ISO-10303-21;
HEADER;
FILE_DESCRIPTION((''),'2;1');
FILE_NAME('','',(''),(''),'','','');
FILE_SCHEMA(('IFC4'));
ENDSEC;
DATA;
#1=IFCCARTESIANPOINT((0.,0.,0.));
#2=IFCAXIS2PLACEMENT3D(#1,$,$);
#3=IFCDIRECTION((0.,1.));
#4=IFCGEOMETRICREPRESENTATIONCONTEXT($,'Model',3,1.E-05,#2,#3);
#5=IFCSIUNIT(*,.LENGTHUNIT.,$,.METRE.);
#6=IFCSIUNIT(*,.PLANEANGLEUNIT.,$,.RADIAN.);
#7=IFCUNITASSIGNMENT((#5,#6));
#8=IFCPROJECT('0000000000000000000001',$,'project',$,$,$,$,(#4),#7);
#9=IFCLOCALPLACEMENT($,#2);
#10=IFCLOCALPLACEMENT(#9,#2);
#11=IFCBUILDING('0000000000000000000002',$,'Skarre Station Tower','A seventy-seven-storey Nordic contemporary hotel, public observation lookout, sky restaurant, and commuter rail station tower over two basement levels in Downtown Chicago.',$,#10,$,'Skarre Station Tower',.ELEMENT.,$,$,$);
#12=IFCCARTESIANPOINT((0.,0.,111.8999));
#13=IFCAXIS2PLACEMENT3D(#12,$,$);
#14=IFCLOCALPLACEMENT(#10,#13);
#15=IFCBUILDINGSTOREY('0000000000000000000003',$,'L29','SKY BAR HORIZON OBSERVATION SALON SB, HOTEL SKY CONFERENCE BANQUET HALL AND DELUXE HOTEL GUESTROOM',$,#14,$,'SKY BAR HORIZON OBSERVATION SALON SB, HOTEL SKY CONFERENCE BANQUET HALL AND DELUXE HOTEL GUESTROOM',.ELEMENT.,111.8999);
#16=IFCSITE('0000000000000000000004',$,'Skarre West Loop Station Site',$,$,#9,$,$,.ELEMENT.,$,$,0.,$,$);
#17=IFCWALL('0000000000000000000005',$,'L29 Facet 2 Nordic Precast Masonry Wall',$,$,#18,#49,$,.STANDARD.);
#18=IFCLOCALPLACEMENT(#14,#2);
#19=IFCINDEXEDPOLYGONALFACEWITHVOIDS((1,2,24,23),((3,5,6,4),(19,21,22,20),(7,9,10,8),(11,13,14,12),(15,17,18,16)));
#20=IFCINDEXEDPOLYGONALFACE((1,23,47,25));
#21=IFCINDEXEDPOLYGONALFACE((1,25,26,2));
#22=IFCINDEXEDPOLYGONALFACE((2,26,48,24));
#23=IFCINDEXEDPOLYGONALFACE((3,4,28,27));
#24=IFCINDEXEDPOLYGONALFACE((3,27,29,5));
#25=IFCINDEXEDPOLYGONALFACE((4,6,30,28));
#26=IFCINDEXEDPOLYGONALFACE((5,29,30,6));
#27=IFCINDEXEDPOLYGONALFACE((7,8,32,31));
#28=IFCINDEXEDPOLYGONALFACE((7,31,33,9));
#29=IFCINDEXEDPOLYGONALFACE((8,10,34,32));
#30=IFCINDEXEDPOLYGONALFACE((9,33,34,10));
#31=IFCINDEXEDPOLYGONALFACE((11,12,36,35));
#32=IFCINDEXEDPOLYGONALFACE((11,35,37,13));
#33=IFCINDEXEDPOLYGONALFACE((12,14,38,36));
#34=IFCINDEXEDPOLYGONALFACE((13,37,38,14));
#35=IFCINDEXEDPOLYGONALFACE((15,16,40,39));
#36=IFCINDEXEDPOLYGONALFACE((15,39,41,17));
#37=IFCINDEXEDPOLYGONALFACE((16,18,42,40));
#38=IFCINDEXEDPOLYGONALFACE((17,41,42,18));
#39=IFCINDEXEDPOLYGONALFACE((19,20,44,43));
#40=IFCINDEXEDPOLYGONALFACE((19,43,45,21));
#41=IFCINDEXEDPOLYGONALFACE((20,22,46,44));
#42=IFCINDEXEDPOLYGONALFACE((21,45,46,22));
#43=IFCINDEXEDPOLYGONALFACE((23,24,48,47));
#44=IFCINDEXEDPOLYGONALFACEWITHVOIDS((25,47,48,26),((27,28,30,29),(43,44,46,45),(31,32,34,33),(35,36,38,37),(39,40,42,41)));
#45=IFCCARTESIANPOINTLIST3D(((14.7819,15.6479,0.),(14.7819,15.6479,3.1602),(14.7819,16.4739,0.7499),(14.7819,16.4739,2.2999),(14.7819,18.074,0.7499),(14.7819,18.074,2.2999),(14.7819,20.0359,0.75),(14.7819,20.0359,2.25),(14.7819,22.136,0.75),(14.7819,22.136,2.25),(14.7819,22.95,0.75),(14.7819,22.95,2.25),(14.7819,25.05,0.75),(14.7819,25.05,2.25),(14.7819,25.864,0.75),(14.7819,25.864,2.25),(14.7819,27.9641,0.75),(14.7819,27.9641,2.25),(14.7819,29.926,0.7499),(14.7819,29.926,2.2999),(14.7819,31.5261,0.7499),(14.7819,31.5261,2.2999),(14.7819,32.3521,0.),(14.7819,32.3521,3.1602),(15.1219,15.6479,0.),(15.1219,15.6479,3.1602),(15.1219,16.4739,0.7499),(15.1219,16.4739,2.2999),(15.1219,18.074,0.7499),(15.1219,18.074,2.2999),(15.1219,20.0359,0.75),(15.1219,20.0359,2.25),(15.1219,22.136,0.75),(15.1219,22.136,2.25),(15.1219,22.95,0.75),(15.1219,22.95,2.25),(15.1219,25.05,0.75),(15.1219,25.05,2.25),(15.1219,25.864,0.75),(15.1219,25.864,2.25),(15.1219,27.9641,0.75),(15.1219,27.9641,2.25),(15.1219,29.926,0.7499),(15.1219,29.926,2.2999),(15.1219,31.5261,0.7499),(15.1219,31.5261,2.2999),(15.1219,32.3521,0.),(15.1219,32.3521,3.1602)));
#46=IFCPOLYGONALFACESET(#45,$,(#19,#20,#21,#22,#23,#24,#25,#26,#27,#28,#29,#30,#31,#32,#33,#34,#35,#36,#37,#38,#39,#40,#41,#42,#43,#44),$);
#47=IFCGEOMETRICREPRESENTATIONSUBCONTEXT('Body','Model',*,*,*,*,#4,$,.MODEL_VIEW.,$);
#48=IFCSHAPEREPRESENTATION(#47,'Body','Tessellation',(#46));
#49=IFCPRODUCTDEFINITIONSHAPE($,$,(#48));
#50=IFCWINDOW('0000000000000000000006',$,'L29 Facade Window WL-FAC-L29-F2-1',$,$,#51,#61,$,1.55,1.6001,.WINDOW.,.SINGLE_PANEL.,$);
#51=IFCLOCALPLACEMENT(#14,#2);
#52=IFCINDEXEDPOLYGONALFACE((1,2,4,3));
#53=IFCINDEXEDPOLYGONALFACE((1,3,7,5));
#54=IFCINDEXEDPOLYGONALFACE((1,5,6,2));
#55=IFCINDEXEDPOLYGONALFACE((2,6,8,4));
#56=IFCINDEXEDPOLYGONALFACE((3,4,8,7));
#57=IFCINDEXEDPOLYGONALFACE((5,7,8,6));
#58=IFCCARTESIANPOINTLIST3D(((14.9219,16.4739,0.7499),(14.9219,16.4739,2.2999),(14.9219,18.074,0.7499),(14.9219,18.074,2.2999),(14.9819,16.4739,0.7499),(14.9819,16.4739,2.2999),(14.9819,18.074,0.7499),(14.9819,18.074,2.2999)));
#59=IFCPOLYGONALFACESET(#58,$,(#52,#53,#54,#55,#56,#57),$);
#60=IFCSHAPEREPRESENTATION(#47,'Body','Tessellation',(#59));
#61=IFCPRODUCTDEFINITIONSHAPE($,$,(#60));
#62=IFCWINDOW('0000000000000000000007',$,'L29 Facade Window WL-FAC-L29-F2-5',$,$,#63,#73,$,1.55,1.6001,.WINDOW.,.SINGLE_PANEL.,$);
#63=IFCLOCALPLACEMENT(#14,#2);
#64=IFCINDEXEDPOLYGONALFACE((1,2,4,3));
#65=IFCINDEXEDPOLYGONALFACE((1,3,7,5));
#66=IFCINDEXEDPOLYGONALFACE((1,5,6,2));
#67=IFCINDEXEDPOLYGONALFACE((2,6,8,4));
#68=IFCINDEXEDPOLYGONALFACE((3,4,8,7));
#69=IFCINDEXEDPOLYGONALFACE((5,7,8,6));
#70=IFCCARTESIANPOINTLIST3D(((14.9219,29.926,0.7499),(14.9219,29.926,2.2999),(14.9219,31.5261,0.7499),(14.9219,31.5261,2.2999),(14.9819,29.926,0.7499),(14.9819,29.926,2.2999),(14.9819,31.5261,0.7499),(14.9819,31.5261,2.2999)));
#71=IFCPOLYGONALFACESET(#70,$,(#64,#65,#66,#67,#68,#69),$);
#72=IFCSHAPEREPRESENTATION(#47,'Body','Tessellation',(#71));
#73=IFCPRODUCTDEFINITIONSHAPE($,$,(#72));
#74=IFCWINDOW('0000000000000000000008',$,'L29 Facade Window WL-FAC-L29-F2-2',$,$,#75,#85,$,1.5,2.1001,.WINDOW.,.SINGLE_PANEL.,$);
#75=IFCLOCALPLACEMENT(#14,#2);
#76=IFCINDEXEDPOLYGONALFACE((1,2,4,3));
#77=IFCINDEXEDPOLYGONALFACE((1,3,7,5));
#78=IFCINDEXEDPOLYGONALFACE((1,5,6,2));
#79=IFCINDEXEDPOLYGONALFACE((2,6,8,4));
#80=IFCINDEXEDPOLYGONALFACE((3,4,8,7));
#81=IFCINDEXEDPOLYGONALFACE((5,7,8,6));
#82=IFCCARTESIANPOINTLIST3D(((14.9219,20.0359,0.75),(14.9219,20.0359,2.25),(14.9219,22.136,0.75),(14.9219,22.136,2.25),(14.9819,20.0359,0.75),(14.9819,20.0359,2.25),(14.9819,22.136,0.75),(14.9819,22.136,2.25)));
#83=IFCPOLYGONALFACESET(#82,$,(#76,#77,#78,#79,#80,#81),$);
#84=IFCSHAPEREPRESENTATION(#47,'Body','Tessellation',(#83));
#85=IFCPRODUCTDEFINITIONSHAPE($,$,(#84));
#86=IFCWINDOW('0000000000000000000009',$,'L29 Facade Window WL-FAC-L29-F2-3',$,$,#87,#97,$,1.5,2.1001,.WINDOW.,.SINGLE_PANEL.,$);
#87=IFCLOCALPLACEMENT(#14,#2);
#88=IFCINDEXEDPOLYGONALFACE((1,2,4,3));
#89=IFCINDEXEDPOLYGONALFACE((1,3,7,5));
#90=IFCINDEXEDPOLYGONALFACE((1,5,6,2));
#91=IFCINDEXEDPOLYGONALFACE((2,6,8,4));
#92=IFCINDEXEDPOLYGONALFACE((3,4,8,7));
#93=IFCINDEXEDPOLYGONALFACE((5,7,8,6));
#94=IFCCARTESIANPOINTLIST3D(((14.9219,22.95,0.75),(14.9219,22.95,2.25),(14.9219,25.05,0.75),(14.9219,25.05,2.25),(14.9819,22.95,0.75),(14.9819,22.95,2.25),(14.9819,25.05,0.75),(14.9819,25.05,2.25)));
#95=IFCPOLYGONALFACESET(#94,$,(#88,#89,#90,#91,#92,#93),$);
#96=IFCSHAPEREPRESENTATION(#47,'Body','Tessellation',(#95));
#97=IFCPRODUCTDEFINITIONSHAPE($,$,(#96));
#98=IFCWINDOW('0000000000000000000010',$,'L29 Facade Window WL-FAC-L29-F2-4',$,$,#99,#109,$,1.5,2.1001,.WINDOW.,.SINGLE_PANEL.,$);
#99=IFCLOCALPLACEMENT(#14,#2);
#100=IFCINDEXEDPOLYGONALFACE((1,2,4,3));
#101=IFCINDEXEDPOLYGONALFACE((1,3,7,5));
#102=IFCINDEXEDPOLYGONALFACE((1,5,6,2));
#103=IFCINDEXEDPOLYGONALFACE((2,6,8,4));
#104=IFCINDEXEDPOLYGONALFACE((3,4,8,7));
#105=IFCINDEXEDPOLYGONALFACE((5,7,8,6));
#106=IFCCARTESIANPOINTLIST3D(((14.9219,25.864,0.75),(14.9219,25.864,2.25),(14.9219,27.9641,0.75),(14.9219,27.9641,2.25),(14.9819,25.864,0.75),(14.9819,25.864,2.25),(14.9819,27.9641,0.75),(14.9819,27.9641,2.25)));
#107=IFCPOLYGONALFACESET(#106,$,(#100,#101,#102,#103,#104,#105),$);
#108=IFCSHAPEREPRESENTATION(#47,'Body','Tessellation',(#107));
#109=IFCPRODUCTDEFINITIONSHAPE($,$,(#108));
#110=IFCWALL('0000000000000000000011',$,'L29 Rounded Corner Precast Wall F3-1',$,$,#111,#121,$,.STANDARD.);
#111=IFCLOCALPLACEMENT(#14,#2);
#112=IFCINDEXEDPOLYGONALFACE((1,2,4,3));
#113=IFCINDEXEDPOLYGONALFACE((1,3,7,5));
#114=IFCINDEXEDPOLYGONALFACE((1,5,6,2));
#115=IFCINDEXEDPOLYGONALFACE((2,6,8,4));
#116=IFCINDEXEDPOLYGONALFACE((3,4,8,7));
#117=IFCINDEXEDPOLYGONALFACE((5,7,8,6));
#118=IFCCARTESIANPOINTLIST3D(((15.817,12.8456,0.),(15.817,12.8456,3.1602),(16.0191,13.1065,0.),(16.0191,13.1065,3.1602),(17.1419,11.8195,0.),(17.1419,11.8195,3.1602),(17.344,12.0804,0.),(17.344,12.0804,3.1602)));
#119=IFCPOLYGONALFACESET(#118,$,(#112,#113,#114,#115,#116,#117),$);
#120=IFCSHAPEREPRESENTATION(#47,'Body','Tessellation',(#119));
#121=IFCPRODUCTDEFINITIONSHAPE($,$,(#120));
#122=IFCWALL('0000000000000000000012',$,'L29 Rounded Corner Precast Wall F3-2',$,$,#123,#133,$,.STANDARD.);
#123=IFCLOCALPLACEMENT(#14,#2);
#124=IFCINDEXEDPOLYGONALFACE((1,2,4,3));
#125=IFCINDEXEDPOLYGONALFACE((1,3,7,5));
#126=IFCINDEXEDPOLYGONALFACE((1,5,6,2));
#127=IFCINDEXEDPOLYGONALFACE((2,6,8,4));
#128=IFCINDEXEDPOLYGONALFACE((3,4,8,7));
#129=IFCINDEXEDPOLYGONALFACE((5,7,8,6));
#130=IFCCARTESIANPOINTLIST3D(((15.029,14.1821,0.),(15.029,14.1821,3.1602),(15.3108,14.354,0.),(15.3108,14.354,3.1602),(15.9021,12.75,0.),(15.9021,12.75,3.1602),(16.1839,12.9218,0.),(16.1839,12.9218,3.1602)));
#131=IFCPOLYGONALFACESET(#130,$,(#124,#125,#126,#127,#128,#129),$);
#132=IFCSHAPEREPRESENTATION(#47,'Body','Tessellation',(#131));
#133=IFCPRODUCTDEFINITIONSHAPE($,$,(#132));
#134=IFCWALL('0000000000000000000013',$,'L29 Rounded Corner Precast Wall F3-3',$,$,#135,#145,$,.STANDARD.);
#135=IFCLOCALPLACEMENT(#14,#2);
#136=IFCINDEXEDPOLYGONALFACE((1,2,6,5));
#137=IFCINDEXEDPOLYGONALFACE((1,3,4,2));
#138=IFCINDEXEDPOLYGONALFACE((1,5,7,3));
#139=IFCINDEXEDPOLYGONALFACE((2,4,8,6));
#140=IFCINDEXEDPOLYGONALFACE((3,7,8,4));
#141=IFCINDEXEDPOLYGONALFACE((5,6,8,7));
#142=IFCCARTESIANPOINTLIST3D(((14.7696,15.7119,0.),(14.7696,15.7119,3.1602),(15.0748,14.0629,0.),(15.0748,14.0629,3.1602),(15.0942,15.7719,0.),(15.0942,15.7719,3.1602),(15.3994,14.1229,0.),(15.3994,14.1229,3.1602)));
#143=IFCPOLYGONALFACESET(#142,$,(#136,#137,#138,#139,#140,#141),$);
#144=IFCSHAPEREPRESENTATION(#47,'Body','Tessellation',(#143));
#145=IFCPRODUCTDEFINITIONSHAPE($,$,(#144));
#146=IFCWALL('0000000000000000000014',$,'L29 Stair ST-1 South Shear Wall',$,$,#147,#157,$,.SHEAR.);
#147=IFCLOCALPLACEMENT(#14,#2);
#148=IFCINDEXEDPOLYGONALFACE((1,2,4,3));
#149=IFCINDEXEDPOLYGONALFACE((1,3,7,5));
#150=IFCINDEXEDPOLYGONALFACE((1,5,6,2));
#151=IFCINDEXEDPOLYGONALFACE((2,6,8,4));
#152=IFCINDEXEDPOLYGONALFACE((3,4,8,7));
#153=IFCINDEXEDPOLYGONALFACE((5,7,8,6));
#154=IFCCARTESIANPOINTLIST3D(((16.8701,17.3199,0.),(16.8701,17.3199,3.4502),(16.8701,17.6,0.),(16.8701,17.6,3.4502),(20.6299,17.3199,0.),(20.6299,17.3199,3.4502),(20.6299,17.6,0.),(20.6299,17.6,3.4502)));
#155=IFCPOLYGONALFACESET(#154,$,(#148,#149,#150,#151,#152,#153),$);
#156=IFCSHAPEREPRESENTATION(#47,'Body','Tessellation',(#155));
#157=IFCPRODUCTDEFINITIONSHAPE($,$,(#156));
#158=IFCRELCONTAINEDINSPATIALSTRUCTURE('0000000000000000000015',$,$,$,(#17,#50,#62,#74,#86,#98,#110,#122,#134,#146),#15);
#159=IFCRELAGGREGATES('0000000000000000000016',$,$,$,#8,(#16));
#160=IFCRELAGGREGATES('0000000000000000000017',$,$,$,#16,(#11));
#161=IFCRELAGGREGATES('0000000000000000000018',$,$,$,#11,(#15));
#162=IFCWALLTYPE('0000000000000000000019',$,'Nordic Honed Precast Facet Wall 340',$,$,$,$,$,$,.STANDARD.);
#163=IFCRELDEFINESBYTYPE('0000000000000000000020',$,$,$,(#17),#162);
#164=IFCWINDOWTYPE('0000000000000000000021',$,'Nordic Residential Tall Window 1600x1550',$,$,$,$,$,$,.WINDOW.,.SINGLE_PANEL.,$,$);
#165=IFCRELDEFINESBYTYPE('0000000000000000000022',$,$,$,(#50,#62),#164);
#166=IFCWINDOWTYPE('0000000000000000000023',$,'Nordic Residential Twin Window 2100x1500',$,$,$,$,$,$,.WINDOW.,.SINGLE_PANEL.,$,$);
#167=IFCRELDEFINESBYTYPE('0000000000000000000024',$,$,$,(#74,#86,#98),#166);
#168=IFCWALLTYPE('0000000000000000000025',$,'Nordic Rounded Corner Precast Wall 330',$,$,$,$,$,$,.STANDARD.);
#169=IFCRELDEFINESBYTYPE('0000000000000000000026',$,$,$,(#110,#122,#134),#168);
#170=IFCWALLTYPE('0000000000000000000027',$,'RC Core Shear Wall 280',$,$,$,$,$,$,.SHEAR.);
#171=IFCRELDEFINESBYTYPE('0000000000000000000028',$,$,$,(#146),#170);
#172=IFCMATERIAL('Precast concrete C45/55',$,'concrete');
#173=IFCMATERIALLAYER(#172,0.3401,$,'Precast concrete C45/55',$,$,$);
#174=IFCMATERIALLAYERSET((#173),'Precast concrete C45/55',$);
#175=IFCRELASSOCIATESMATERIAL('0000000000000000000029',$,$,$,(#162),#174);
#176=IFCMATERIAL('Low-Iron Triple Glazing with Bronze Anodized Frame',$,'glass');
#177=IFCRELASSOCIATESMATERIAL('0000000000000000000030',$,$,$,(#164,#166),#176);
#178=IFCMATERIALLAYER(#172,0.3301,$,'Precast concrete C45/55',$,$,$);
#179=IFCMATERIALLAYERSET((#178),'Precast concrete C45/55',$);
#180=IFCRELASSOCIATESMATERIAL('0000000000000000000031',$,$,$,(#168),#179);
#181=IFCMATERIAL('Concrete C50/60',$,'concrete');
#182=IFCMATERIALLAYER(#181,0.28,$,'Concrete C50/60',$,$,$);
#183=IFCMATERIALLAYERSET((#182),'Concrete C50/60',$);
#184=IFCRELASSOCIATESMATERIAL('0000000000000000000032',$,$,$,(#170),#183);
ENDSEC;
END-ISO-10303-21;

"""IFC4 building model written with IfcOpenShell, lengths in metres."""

from ifc_helpers import new_model, si_unit, direction, frame, frame_2d, origin, place, context, subcontext, project, spatial, rectangle, extrude, material, layer, layer_set, type_object, element, fill, save


model = new_model("IFC4")

# Units and contexts
model_context = context("Model", 3, precision=1e-05, world=origin(), true_north=direction((0.0, 1.0)))
body_context = subcontext(model_context, "Body", "Model", "MODEL_VIEW")
ifc_project = project(units=[si_unit("LENGTHUNIT", "METRE"), si_unit("PLANEANGLEUNIT", "RADIAN")], contexts=[model_context])

# Site, building, storey
site_placement = place(None, origin())
site = spatial("IfcSite", under=ifc_project, at=site_placement, Name="Skarre West Loop Station Site", CompositionType="ELEMENT", RefElevation=0.0)
building_placement = place(site_placement, origin())
building = spatial("IfcBuilding", under=site, at=building_placement, Name="Skarre Station Tower", Description="A seventy-seven-storey Nordic contemporary hotel, public observation lookout, sky restaurant, and commuter rail station tower over two basement levels in Downtown Chicago.", LongName="Skarre Station Tower", CompositionType="ELEMENT")
storey_placement = place(building_placement, frame((0.0, 0.0, 111.8999)))
storey = spatial("IfcBuildingStorey", under=building, at=storey_placement, Name="L29", Description="SKY BAR HORIZON OBSERVATION SALON SB, HOTEL SKY CONFERENCE BANQUET HALL AND DELUXE HOTEL GUESTROOM", LongName="SKY BAR HORIZON OBSERVATION SALON SB, HOTEL SKY CONFERENCE BANQUET HALL AND DELUXE HOTEL GUESTROOM", CompositionType="ELEMENT", Elevation=111.8999)

# Shared definitions
ifc_material_1 = material(Name="Concrete C50/60", Category="concrete")

# Wall, openings, windows
ifc_material_2 = material(Name="Precast concrete C45/55", Category="concrete")
ifc_layer_1 = layer(ifc_material_2, 0.3401, Name="Precast concrete C45/55")
ifc_layer_set_1 = layer_set([ifc_layer_1], Name="Precast concrete C45/55")
wall_type_1 = type_object("IfcWallType", Name="Nordic Honed Precast Facet Wall 340", PredefinedType="STANDARD", material=ifc_layer_set_1)
wall_1_placement = place(storey_placement, frame((14.9519, 15.6479, 0.0), z_axis=(0.0, 0.0, 1.0), x_axis=(0.0, 1.0, 0.0)))
wall_1 = element("IfcWall", 1, at=wall_1_placement, inside=storey, type_object=wall_type_1, Name="L29 Facet 2 Nordic Precast Masonry Wall", PredefinedType="STANDARD", context=body_context, shape_type="SweptSolid", body=[
    extrude(rectangle(XDim=16.7041, YDim=0.3401, at=frame_2d((8.3521, 0.0))), origin(), (0.0, 0.0, 1.0), 3.1602),
])
opening_1_placement = place(wall_1_placement, frame((0.8259, 0.0, 0.75)))
opening_1 = element("IfcOpeningElement", 2, at=opening_1_placement, cuts=wall_1, PredefinedType="OPENING", context=body_context, shape_type="SweptSolid", body=[
    extrude(rectangle(XDim=1.6001, YDim=1.55, at=frame_2d((0.8, 0.7749))), frame((0.0, 0.1799, 0.0), z_axis=(0.0, -1.0, 0.0), x_axis=(1.0, 0.0, 0.0)), (0.0, 0.0, 1.0), 0.3601),
])
opening_2_placement = place(wall_1_placement, frame((4.3879, 0.0, 0.75)))
opening_2 = element("IfcOpeningElement", 3, at=opening_2_placement, cuts=wall_1, PredefinedType="OPENING", context=body_context, shape_type="SweptSolid", body=[
    extrude(rectangle(XDim=2.1001, YDim=1.5, at=frame_2d((1.05, 0.75))), frame((0.0, 0.1799, 0.0), z_axis=(0.0, -1.0, 0.0), x_axis=(1.0, 0.0, 0.0)), (0.0, 0.0, 1.0), 0.3601),
])
opening_3_placement = place(wall_1_placement, frame((7.302, 0.0, 0.75)))
opening_3 = element("IfcOpeningElement", 4, at=opening_3_placement, cuts=wall_1, PredefinedType="OPENING", context=body_context, shape_type="SweptSolid", body=[
    extrude(rectangle(XDim=2.1001, YDim=1.5, at=frame_2d((1.05, 0.75))), frame((0.0, 0.1799, 0.0), z_axis=(0.0, -1.0, 0.0), x_axis=(1.0, 0.0, 0.0)), (0.0, 0.0, 1.0), 0.3601),
])
opening_4_placement = place(wall_1_placement, frame((10.2161, 0.0, 0.75)))
opening_4 = element("IfcOpeningElement", 5, at=opening_4_placement, cuts=wall_1, PredefinedType="OPENING", context=body_context, shape_type="SweptSolid", body=[
    extrude(rectangle(XDim=2.1001, YDim=1.5, at=frame_2d((1.05, 0.75))), frame((0.0, 0.1799, 0.0), z_axis=(0.0, -1.0, 0.0), x_axis=(1.0, 0.0, 0.0)), (0.0, 0.0, 1.0), 0.3601),
])
opening_5_placement = place(wall_1_placement, frame((14.2781, 0.0, 0.75)))
opening_5 = element("IfcOpeningElement", 6, at=opening_5_placement, cuts=wall_1, PredefinedType="OPENING", context=body_context, shape_type="SweptSolid", body=[
    extrude(rectangle(XDim=1.6001, YDim=1.55, at=frame_2d((0.8, 0.7749))), frame((0.0, 0.1799, 0.0), z_axis=(0.0, -1.0, 0.0), x_axis=(1.0, 0.0, 0.0)), (0.0, 0.0, 1.0), 0.3601),
])
ifc_material_3 = material(Name="Low-Iron Triple Glazing with Bronze Anodized Frame", Category="glass")
window_type_1 = type_object("IfcWindowType", Name="Nordic Residential Tall Window 1600x1550", PartitioningType="SINGLE_PANEL", PredefinedType="WINDOW", material=ifc_material_3)
window_1_placement = place(opening_1_placement, origin())
window_1 = element("IfcWindow", 7, at=window_1_placement, inside=storey, type_object=window_type_1, Name="L29 Facade Window WL-FAC-L29-F2-1", OverallHeight=1.55, OverallWidth=1.6001, PartitioningType="SINGLE_PANEL", PredefinedType="WINDOW", context=body_context, shape_type="SweptSolid", body=[
    extrude(rectangle(XDim=1.6001, YDim=1.55, at=frame_2d((0.8, 0.7749))), frame((0.0, 0.03, 0.0), z_axis=(0.0, -1.0, 0.0), x_axis=(1.0, 0.0, 0.0)), (0.0, 0.0, 1.0), 0.0601),
])
fill(opening_1, window_1)
window_2_placement = place(opening_5_placement, origin())
window_2 = element("IfcWindow", 8, at=window_2_placement, inside=storey, type_object=window_type_1, Name="L29 Facade Window WL-FAC-L29-F2-5", OverallHeight=1.55, OverallWidth=1.6001, PartitioningType="SINGLE_PANEL", PredefinedType="WINDOW", context=body_context, shape_type="SweptSolid", body=[
    extrude(rectangle(XDim=1.6001, YDim=1.55, at=frame_2d((0.8, 0.7749))), frame((0.0, 0.03, 0.0), z_axis=(0.0, -1.0, 0.0), x_axis=(1.0, 0.0, 0.0)), (0.0, 0.0, 1.0), 0.0601),
])
fill(opening_5, window_2)
window_type_2 = type_object("IfcWindowType", Name="Nordic Residential Twin Window 2100x1500", PartitioningType="SINGLE_PANEL", PredefinedType="WINDOW", material=ifc_material_3)
window_3_placement = place(opening_2_placement, origin())
window_3 = element("IfcWindow", 9, at=window_3_placement, inside=storey, type_object=window_type_2, Name="L29 Facade Window WL-FAC-L29-F2-2", OverallHeight=1.5, OverallWidth=2.1001, PartitioningType="SINGLE_PANEL", PredefinedType="WINDOW", context=body_context, shape_type="SweptSolid", body=[
    extrude(rectangle(XDim=2.1001, YDim=1.5, at=frame_2d((1.05, 0.75))), frame((0.0, 0.03, 0.0), z_axis=(0.0, -1.0, 0.0), x_axis=(1.0, 0.0, 0.0)), (0.0, 0.0, 1.0), 0.0601),
])
fill(opening_2, window_3)
window_4_placement = place(opening_3_placement, origin())
window_4 = element("IfcWindow", 10, at=window_4_placement, inside=storey, type_object=window_type_2, Name="L29 Facade Window WL-FAC-L29-F2-3", OverallHeight=1.5, OverallWidth=2.1001, PartitioningType="SINGLE_PANEL", PredefinedType="WINDOW", context=body_context, shape_type="SweptSolid", body=[
    extrude(rectangle(XDim=2.1001, YDim=1.5, at=frame_2d((1.05, 0.75))), frame((0.0, 0.03, 0.0), z_axis=(0.0, -1.0, 0.0), x_axis=(1.0, 0.0, 0.0)), (0.0, 0.0, 1.0), 0.0601),
])
fill(opening_3, window_4)
window_5_placement = place(opening_4_placement, origin())
window_5 = element("IfcWindow", 11, at=window_5_placement, inside=storey, type_object=window_type_2, Name="L29 Facade Window WL-FAC-L29-F2-4", OverallHeight=1.5, OverallWidth=2.1001, PartitioningType="SINGLE_PANEL", PredefinedType="WINDOW", context=body_context, shape_type="SweptSolid", body=[
    extrude(rectangle(XDim=2.1001, YDim=1.5, at=frame_2d((1.05, 0.75))), frame((0.0, 0.03, 0.0), z_axis=(0.0, -1.0, 0.0), x_axis=(1.0, 0.0, 0.0)), (0.0, 0.0, 1.0), 0.0601),
])
fill(opening_4, window_5)

# Walls
ifc_layer_2 = layer(ifc_material_2, 0.3301, Name="Precast concrete C45/55")
ifc_layer_set_2 = layer_set([ifc_layer_2], Name="Precast concrete C45/55")
wall_type_2 = type_object("IfcWallType", Name="Nordic Rounded Corner Precast Wall 330", PredefinedType="STANDARD", material=ifc_layer_set_2)
wall_2_placement = place(storey_placement, frame((17.2429, 11.95, 0.0), z_axis=(0.0, 0.0, 1.0), x_axis=(-0.790621, 0.612305, 0.0)))
element("IfcWall", 12, at=wall_2_placement, inside=storey, type_object=wall_type_2, Name="L29 Rounded Corner Precast Wall F3-1", PredefinedType="STANDARD", context=body_context, shape_type="SweptSolid", body=[
    extrude(rectangle(XDim=1.6758, YDim=0.3301, at=frame_2d((0.8379, 0.0))), origin(), (0.0, 0.0, 1.0), 3.1602),
])
wall_3_placement = place(storey_placement, frame((16.043, 12.8359, 0.0), z_axis=(0.0, 0.0, 1.0), x_axis=(-0.520519, 0.85385, 0.0)))
element("IfcWall", 13, at=wall_3_placement, inside=storey, type_object=wall_type_2, Name="L29 Rounded Corner Precast Wall F3-2", PredefinedType="STANDARD", context=body_context, shape_type="SweptSolid", body=[
    extrude(rectangle(XDim=1.6772, YDim=0.3301, at=frame_2d((0.8386, 0.0))), origin(), (0.0, 0.0, 1.0), 3.1602),
])
wall_4_placement = place(storey_placement, frame((15.2371, 14.093, 0.0), z_axis=(0.0, 0.0, 1.0), x_axis=(-0.181985, 0.983301, 0.0)))
element("IfcWall", 14, at=wall_4_placement, inside=storey, type_object=wall_type_2, Name="L29 Rounded Corner Precast Wall F3-3", PredefinedType="STANDARD", context=body_context, shape_type="SweptSolid", body=[
    extrude(rectangle(XDim=1.677, YDim=0.3301, at=frame_2d((0.8384, 0.0))), origin(), (0.0, 0.0, 1.0), 3.1602),
])
ifc_layer_3 = layer(ifc_material_1, 0.28, Name="Concrete C50/60")
ifc_layer_set_3 = layer_set([ifc_layer_3], Name="Concrete C50/60")
wall_type_3 = type_object("IfcWallType", Name="RC Core Shear Wall 280", PredefinedType="SHEAR", material=ifc_layer_set_3)
wall_5_placement = place(storey_placement, frame((16.8701, 17.46, 0.0), z_axis=(0.0, 0.0, 1.0), x_axis=(1.0, 0.0, 0.0)))
element("IfcWall", 15, at=wall_5_placement, inside=storey, type_object=wall_type_3, Name="L29 Stair ST-1 South Shear Wall", PredefinedType="SHEAR", context=body_context, shape_type="SweptSolid", body=[
    extrude(rectangle(XDim=3.7598, YDim=0.28, at=frame_2d((1.8799, 0.0))), origin(), (0.0, 0.0, 1.0), 3.4502),
])

save(model, "model.ifc")
